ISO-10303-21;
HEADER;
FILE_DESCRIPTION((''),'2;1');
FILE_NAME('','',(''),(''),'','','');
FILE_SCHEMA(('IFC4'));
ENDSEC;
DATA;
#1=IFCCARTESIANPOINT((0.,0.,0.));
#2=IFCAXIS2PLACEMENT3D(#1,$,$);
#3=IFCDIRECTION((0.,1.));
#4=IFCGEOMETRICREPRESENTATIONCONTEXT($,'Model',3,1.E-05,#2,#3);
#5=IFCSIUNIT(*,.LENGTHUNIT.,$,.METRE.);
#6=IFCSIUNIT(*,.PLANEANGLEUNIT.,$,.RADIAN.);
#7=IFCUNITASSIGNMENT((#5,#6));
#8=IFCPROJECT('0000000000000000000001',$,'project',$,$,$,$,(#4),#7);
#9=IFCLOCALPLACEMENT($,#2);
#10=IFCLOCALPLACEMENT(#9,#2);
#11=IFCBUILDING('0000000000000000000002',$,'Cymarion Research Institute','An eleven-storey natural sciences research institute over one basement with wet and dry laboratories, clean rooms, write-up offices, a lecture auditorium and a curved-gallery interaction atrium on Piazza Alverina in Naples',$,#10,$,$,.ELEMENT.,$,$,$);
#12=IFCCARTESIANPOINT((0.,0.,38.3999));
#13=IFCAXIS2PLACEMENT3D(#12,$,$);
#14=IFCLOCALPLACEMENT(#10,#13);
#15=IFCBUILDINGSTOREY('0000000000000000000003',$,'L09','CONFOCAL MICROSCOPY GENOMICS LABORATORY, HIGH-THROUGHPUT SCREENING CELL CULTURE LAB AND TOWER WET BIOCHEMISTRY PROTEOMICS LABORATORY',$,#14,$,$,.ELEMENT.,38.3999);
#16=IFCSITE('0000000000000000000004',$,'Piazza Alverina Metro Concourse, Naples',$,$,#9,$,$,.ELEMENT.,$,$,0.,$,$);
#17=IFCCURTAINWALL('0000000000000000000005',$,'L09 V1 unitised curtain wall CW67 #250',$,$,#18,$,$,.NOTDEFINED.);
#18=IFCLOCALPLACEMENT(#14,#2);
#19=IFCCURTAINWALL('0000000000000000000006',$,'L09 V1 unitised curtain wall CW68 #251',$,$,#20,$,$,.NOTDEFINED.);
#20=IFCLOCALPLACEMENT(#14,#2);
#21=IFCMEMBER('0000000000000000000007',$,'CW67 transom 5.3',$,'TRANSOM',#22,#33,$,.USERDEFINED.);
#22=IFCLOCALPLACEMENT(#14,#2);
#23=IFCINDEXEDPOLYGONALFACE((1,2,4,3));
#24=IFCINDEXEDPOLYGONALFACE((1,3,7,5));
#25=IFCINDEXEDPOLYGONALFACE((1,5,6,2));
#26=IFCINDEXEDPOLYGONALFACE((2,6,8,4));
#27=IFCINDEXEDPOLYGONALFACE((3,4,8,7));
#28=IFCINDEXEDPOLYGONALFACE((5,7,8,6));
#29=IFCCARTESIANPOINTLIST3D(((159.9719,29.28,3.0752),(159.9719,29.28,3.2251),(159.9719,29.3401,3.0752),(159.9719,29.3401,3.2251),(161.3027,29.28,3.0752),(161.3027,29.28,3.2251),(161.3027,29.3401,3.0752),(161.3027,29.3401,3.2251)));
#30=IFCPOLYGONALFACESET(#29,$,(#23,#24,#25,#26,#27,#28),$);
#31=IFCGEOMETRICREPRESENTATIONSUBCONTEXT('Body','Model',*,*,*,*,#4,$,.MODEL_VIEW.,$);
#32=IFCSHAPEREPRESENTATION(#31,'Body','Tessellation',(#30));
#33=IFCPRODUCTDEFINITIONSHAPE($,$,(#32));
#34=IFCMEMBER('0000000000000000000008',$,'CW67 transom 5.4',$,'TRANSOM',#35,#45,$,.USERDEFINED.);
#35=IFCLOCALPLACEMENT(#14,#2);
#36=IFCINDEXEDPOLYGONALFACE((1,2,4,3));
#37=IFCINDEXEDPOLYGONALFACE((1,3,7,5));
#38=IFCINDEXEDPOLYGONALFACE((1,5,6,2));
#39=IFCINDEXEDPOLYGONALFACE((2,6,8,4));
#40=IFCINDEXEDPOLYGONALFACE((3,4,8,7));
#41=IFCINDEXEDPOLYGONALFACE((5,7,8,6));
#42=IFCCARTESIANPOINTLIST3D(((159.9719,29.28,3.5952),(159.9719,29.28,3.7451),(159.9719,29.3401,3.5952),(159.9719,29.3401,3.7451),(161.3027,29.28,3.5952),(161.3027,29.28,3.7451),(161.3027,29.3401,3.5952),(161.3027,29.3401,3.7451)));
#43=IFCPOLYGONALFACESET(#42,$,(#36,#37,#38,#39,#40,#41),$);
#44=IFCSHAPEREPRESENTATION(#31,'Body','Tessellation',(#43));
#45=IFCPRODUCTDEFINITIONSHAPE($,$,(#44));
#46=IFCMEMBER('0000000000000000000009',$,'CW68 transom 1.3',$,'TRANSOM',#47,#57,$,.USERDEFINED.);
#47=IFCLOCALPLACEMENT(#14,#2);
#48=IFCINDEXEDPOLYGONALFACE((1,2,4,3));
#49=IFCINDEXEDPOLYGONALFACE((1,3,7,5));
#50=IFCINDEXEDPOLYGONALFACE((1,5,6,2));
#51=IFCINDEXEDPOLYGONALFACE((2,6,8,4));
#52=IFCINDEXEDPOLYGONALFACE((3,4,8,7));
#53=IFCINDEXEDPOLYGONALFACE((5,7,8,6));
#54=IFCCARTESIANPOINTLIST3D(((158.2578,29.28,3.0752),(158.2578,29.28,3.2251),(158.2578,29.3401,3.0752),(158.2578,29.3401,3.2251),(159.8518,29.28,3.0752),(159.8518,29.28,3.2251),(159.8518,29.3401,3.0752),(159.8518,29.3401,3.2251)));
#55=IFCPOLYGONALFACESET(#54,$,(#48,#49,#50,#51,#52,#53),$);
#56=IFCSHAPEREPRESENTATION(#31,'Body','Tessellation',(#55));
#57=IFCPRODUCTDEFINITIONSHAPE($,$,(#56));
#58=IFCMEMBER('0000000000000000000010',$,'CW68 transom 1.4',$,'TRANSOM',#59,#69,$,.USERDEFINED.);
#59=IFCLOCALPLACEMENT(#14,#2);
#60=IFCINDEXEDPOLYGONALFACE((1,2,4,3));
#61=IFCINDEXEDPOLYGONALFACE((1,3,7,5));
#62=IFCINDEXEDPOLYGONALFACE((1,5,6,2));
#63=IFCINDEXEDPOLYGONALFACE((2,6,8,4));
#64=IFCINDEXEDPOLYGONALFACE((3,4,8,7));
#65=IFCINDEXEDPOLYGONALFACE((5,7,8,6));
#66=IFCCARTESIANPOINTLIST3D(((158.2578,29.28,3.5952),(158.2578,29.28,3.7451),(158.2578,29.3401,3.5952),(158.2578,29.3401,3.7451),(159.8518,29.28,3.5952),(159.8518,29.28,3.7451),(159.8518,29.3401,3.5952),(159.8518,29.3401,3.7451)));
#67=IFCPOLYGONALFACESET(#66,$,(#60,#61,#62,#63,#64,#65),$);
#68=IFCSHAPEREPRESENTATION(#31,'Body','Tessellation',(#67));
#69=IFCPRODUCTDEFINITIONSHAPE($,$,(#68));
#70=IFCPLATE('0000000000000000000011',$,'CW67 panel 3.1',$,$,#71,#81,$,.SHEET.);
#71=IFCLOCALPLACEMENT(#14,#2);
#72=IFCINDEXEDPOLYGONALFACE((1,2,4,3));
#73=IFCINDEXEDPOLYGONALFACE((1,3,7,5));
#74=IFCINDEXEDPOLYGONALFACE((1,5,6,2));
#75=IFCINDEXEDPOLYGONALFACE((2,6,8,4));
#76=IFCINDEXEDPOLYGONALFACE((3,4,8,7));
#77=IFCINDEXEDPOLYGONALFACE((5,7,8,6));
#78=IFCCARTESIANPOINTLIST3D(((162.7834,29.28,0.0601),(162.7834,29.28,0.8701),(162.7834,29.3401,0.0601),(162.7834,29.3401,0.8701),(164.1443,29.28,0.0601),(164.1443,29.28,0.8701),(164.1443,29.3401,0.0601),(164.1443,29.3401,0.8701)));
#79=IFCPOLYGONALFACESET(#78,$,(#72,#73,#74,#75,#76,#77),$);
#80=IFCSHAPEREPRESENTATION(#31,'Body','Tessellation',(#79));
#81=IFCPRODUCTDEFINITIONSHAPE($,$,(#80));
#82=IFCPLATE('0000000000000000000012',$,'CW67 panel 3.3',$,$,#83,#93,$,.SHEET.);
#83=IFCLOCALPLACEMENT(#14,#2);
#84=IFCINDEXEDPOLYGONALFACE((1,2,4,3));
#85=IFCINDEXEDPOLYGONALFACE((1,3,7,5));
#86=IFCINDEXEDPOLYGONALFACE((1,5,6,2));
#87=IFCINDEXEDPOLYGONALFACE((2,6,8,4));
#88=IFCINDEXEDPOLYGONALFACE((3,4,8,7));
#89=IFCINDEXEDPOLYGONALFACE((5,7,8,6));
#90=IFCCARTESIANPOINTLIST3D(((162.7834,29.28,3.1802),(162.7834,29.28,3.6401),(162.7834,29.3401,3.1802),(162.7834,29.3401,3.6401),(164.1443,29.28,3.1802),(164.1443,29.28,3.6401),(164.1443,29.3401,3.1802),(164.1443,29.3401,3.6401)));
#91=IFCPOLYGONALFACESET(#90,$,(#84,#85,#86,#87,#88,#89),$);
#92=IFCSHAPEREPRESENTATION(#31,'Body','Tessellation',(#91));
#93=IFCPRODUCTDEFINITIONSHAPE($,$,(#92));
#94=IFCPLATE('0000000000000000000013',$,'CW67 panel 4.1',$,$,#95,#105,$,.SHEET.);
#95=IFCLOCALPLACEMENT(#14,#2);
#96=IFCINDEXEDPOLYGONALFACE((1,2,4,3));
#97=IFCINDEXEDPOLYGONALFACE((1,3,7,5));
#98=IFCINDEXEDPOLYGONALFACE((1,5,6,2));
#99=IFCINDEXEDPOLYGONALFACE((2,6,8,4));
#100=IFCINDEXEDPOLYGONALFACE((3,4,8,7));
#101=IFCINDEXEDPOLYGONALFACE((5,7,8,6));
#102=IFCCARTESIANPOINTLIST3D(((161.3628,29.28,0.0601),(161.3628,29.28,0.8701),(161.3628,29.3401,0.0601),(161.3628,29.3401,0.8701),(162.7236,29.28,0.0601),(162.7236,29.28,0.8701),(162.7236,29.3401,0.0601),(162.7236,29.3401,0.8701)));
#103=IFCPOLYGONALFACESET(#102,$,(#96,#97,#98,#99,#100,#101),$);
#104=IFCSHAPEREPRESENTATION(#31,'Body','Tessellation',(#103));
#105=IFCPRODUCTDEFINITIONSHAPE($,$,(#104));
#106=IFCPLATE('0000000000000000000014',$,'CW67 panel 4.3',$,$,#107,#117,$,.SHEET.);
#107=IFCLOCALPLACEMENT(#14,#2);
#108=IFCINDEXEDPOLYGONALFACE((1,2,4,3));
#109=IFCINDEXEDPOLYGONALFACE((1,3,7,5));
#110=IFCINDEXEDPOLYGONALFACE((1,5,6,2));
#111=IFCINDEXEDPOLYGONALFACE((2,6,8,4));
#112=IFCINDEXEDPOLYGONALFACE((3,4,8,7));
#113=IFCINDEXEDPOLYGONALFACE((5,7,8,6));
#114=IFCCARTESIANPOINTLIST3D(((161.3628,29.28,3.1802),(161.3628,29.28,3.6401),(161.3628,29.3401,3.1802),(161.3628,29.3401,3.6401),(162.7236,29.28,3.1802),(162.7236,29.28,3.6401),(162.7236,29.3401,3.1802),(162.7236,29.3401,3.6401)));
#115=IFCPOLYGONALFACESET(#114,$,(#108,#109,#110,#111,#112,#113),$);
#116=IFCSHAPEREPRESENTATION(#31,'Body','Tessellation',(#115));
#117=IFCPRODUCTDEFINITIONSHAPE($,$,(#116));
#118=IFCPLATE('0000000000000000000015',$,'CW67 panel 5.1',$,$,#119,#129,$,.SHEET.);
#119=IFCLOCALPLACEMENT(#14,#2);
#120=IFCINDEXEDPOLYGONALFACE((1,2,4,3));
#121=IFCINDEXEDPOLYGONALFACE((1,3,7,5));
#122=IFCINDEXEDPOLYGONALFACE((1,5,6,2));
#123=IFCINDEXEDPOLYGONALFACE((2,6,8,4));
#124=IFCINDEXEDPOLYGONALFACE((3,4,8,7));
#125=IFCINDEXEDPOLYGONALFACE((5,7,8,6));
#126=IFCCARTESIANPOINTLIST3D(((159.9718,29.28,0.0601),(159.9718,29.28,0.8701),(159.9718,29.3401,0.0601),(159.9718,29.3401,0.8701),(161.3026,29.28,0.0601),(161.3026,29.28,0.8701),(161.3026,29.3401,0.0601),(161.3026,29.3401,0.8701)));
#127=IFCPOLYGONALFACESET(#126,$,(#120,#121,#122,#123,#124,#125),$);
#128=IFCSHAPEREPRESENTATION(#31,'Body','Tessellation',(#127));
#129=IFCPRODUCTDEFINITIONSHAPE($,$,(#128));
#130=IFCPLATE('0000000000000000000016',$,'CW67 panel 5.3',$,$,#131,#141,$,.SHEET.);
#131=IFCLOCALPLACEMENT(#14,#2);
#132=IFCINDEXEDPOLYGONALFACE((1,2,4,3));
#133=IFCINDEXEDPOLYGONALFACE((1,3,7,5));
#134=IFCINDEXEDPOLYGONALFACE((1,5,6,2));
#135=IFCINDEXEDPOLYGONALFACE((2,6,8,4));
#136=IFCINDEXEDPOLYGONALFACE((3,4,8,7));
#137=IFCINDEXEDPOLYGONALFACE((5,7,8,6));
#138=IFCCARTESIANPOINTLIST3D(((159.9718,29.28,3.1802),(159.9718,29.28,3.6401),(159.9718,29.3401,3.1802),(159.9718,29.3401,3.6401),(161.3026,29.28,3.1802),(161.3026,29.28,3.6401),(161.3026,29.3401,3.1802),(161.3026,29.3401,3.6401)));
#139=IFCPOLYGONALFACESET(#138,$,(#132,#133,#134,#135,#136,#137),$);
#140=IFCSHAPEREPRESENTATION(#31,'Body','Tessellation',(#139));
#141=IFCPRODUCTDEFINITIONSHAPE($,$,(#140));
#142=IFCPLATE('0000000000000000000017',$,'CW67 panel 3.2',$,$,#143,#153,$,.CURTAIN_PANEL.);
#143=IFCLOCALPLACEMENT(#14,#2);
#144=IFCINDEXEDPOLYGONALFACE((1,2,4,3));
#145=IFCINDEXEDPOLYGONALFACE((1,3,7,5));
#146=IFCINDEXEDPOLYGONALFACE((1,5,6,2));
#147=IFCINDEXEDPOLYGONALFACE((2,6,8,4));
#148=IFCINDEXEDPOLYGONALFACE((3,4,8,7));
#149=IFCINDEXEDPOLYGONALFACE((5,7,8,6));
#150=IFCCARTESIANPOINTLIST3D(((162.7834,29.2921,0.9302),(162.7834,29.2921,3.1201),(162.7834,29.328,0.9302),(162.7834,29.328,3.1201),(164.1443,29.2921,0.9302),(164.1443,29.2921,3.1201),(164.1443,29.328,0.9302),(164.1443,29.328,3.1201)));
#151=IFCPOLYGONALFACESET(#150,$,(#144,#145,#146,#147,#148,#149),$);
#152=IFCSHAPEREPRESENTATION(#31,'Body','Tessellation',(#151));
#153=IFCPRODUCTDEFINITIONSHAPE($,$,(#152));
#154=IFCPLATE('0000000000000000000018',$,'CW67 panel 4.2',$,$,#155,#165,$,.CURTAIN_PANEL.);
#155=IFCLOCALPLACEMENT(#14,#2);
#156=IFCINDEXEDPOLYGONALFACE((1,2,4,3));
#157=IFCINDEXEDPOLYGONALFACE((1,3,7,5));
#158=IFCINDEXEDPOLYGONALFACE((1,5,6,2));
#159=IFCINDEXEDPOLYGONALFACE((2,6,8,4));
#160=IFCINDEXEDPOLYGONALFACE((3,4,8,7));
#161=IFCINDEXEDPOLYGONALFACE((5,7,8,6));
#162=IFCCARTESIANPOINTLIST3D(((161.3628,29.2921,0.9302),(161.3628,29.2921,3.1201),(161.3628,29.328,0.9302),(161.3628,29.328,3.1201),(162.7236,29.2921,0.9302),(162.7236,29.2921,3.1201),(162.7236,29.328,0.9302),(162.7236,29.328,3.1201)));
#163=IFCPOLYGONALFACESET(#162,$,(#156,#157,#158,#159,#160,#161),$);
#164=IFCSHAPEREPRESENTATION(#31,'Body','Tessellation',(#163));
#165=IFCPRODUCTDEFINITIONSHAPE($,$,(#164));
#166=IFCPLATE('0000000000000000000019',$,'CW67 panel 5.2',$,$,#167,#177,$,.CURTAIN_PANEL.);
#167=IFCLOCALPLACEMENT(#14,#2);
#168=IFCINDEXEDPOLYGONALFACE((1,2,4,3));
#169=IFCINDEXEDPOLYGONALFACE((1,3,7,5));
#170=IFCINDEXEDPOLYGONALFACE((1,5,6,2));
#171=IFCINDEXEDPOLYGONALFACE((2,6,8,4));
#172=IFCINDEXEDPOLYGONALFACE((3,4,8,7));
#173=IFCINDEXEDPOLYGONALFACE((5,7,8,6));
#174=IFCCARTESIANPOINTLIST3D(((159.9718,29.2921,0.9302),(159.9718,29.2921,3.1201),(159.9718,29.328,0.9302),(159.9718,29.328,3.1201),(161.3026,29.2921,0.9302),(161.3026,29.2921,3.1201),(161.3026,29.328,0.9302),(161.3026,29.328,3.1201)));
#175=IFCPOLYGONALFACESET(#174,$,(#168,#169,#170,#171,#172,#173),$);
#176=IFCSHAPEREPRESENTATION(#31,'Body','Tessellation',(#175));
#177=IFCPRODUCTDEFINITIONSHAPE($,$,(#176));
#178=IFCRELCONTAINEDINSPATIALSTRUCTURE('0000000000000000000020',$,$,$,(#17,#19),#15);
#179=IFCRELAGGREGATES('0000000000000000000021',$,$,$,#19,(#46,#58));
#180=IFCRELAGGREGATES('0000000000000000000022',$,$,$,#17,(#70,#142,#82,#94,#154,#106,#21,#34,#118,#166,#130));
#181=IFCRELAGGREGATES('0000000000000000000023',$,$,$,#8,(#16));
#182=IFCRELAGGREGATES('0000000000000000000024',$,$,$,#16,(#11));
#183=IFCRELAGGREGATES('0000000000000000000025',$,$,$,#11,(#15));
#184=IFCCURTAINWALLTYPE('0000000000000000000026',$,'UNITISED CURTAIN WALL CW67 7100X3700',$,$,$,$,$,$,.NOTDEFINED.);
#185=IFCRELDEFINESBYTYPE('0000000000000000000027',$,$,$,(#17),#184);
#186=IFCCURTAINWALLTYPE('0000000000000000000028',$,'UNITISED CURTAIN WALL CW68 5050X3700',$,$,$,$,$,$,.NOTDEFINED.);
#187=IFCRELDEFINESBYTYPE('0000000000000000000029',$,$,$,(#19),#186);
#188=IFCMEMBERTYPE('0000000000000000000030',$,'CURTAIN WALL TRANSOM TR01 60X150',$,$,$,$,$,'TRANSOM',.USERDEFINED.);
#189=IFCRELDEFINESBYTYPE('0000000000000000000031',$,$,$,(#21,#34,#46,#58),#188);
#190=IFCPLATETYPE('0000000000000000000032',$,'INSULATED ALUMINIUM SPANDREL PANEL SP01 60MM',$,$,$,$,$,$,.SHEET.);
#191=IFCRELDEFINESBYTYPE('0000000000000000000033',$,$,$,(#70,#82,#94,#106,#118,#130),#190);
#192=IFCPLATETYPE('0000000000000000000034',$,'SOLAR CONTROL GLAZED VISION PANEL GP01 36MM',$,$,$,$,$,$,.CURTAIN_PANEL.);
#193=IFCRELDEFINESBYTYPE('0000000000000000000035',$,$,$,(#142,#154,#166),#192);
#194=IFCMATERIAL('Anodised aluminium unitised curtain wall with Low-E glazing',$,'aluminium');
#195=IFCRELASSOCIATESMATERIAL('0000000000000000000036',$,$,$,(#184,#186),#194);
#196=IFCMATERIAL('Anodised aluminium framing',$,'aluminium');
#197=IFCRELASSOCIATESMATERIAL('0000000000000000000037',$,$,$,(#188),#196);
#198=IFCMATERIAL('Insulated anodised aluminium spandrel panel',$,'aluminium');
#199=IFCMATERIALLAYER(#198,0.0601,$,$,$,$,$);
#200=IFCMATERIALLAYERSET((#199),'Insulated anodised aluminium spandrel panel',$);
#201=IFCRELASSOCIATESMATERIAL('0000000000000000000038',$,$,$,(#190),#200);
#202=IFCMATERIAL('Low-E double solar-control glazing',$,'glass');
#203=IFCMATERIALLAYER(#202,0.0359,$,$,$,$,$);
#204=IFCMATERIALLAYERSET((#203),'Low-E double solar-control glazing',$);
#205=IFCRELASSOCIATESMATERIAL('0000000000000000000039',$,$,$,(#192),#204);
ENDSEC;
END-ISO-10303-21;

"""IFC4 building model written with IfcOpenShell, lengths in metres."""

from ifc_helpers import new_model, si_unit, direction, frame, origin, origin_2d, place, context, subcontext, project, spatial, rectangle, extrude, material, layer, layer_set, material_profile, profile_set, type_object, element, aggregate, save


model = new_model("IFC4")

# Units and contexts
model_context = context("Model", 3, precision=1e-05, world=origin(), true_north=direction((0.0, 1.0)))
body_context = subcontext(model_context, "Body", "Model", "MODEL_VIEW")
ifc_project = project(units=[si_unit("LENGTHUNIT", "METRE"), si_unit("PLANEANGLEUNIT", "RADIAN")], contexts=[model_context])

# Site, building, storey
site_placement = place(None, origin())
site = spatial("IfcSite", under=ifc_project, at=site_placement, Name="Piazza Alverina Metro Concourse, Naples", CompositionType="ELEMENT", RefElevation=0.0)
building_placement = place(site_placement, origin())
building = spatial("IfcBuilding", under=site, at=building_placement, Name="Cymarion Research Institute", Description="An eleven-storey natural sciences research institute over one basement with wet and dry laboratories, clean rooms, write-up offices, a lecture auditorium and a curved-gallery interaction atrium on Piazza Alverina in Naples", CompositionType="ELEMENT")
storey_placement = place(building_placement, frame((0.0, 0.0, 38.3999)))
storey = spatial("IfcBuildingStorey", under=building, at=storey_placement, Name="L09", Description="CONFOCAL MICROSCOPY GENOMICS LABORATORY, HIGH-THROUGHPUT SCREENING CELL CULTURE LAB AND TOWER WET BIOCHEMISTRY PROTEOMICS LABORATORY", CompositionType="ELEMENT", Elevation=38.3999)

# Curtain wall
ifc_material_1 = material(Name="Anodised aluminium unitised curtain wall with Low-E glazing", Category="aluminium")
curtain_wall_type_1 = type_object("IfcCurtainWallType", Name="UNITISED CURTAIN WALL CW67 7100X3700", PredefinedType="NOTDEFINED", material=ifc_material_1)
curtain_wall_1_placement = place(storey_placement, origin())
curtain_wall_1 = element("IfcCurtainWall", 1, at=curtain_wall_1_placement, inside=storey, type_object=curtain_wall_type_1, Name="L09 V1 unitised curtain wall CW67 #250", PredefinedType="NOTDEFINED")
ifc_material_2 = material(Name="Anodised aluminium framing", Category="aluminium")

# Curtain wall
curtain_wall_type_2 = type_object("IfcCurtainWallType", Name="UNITISED CURTAIN WALL CW68 5050X3700", PredefinedType="NOTDEFINED", material=ifc_material_1)
curtain_wall_2_placement = place(storey_placement, origin())
curtain_wall_2 = element("IfcCurtainWall", 2, at=curtain_wall_2_placement, inside=storey, type_object=curtain_wall_type_2, Name="L09 V1 unitised curtain wall CW68 #251", PredefinedType="NOTDEFINED")

# Members
ifc_material_profile_1 = material_profile(ifc_material_2, rectangle(XDim=0.0601, YDim=0.1499, at=origin_2d()), Name="ALU TRANSOM 60x150")
ifc_profile_set_1 = profile_set([ifc_material_profile_1], Name="Anodised aluminium framing")
member_type_1 = type_object("IfcMemberType", Name="CURTAIN WALL TRANSOM TR01 60X150", ElementType="TRANSOM", PredefinedType="USERDEFINED", material=ifc_profile_set_1)
member_1_placement = place(storey_placement, frame((161.3027, 29.3101, 3.1501), z_axis=(-1.0, 0.0, 0.0), x_axis=(0.0, -1.0, 0.0)))
member_1 = element("IfcMember", 3, at=member_1_placement, type_object=member_type_1, Name="CW67 transom 5.3", ObjectType="TRANSOM", PredefinedType="USERDEFINED", context=body_context, shape_type="SweptSolid", body=[
    extrude(rectangle(XDim=0.0601, YDim=0.1499, at=origin_2d()), origin(), (0.0, 0.0, 1.0), 1.3308),
])
member_2_placement = place(storey_placement, frame((161.3027, 29.3101, 3.6702), z_axis=(-1.0, 0.0, 0.0), x_axis=(0.0, -1.0, 0.0)))
member_2 = element("IfcMember", 4, at=member_2_placement, type_object=member_type_1, Name="CW67 transom 5.4", ObjectType="TRANSOM", PredefinedType="USERDEFINED", context=body_context, shape_type="SweptSolid", body=[
    extrude(rectangle(XDim=0.0601, YDim=0.1499, at=origin_2d()), origin(), (0.0, 0.0, 1.0), 1.3308),
])
member_3_placement = place(storey_placement, frame((159.8518, 29.3101, 3.1501), z_axis=(-1.0, 0.0, 0.0), x_axis=(0.0, -1.0, 0.0)))
member_3 = element("IfcMember", 5, at=member_3_placement, type_object=member_type_1, Name="CW68 transom 1.3", ObjectType="TRANSOM", PredefinedType="USERDEFINED", context=body_context, shape_type="SweptSolid", body=[
    extrude(rectangle(XDim=0.0601, YDim=0.1499, at=origin_2d()), origin(), (0.0, 0.0, 1.0), 1.594),
])
member_4_placement = place(storey_placement, frame((159.8518, 29.3101, 3.6702), z_axis=(-1.0, 0.0, 0.0), x_axis=(0.0, -1.0, 0.0)))
member_4 = element("IfcMember", 6, at=member_4_placement, type_object=member_type_1, Name="CW68 transom 1.4", ObjectType="TRANSOM", PredefinedType="USERDEFINED", context=body_context, shape_type="SweptSolid", body=[
    extrude(rectangle(XDim=0.0601, YDim=0.1499, at=origin_2d()), origin(), (0.0, 0.0, 1.0), 1.594),
])
aggregate(curtain_wall_2, [member_3, member_4])

# Plates
ifc_material_3 = material(Name="Insulated anodised aluminium spandrel panel", Category="aluminium")
ifc_layer_1 = layer(ifc_material_3, 0.0601)
ifc_layer_set_1 = layer_set([ifc_layer_1], Name="Insulated anodised aluminium spandrel panel")
plate_type_1 = type_object("IfcPlateType", Name="INSULATED ALUMINIUM SPANDREL PANEL SP01 60MM", PredefinedType="SHEET", material=ifc_layer_set_1)
plate_1_placement = place(storey_placement, frame((163.4639, 29.3101, 0.0601), z_axis=(0.0, 0.0, 1.0), x_axis=(-1.0, 0.0, 0.0)))
plate_1 = element("IfcPlate", 7, at=plate_1_placement, type_object=plate_type_1, Name="CW67 panel 3.1", PredefinedType="SHEET", context=body_context, shape_type="SweptSolid", body=[
    extrude(rectangle(XDim=1.3608, YDim=0.0601, at=origin_2d()), origin(), (0.0, 0.0, 1.0), 0.8101),
])
plate_2_placement = place(storey_placement, frame((163.4639, 29.3101, 3.1802), z_axis=(0.0, 0.0, 1.0), x_axis=(-1.0, 0.0, 0.0)))
plate_2 = element("IfcPlate", 8, at=plate_2_placement, type_object=plate_type_1, Name="CW67 panel 3.3", PredefinedType="SHEET", context=body_context, shape_type="SweptSolid", body=[
    extrude(rectangle(XDim=1.3608, YDim=0.0601, at=origin_2d()), origin(), (0.0, 0.0, 1.0), 0.46),
])
plate_3_placement = place(storey_placement, frame((162.0432, 29.3101, 0.0601), z_axis=(0.0, 0.0, 1.0), x_axis=(-1.0, 0.0, 0.0)))
plate_3 = element("IfcPlate", 9, at=plate_3_placement, type_object=plate_type_1, Name="CW67 panel 4.1", PredefinedType="SHEET", context=body_context, shape_type="SweptSolid", body=[
    extrude(rectangle(XDim=1.3608, YDim=0.0601, at=origin_2d()), origin(), (0.0, 0.0, 1.0), 0.8101),
])
plate_4_placement = place(storey_placement, frame((162.0432, 29.3101, 3.1802), z_axis=(0.0, 0.0, 1.0), x_axis=(-1.0, 0.0, 0.0)))
plate_4 = element("IfcPlate", 10, at=plate_4_placement, type_object=plate_type_1, Name="CW67 panel 4.3", PredefinedType="SHEET", context=body_context, shape_type="SweptSolid", body=[
    extrude(rectangle(XDim=1.3608, YDim=0.0601, at=origin_2d()), origin(), (0.0, 0.0, 1.0), 0.46),
])
plate_5_placement = place(storey_placement, frame((160.6372, 29.3101, 0.0601), z_axis=(0.0, 0.0, 1.0), x_axis=(-1.0, 0.0, 0.0)))
plate_5 = element("IfcPlate", 11, at=plate_5_placement, type_object=plate_type_1, Name="CW67 panel 5.1", PredefinedType="SHEET", context=body_context, shape_type="SweptSolid", body=[
    extrude(rectangle(XDim=1.3308, YDim=0.0601, at=origin_2d()), origin(), (0.0, 0.0, 1.0), 0.8101),
])
plate_6_placement = place(storey_placement, frame((160.6372, 29.3101, 3.1802), z_axis=(0.0, 0.0, 1.0), x_axis=(-1.0, 0.0, 0.0)))
plate_6 = element("IfcPlate", 12, at=plate_6_placement, type_object=plate_type_1, Name="CW67 panel 5.3", PredefinedType="SHEET", context=body_context, shape_type="SweptSolid", body=[
    extrude(rectangle(XDim=1.3308, YDim=0.0601, at=origin_2d()), origin(), (0.0, 0.0, 1.0), 0.46),
])
ifc_material_4 = material(Name="Low-E double solar-control glazing", Category="glass")
ifc_layer_2 = layer(ifc_material_4, 0.0359)
ifc_layer_set_2 = layer_set([ifc_layer_2], Name="Low-E double solar-control glazing")
plate_type_2 = type_object("IfcPlateType", Name="SOLAR CONTROL GLAZED VISION PANEL GP01 36MM", PredefinedType="CURTAIN_PANEL", material=ifc_layer_set_2)
plate_7_placement = place(storey_placement, frame((163.4639, 29.3101, 0.9302), z_axis=(0.0, 0.0, 1.0), x_axis=(-1.0, 0.0, 0.0)))
plate_7 = element("IfcPlate", 13, at=plate_7_placement, type_object=plate_type_2, Name="CW67 panel 3.2", PredefinedType="CURTAIN_PANEL", context=body_context, shape_type="SweptSolid", body=[
    extrude(rectangle(XDim=1.3608, YDim=0.0359, at=origin_2d()), origin(), (0.0, 0.0, 1.0), 2.1899),
])
plate_8_placement = place(storey_placement, frame((162.0432, 29.3101, 0.9302), z_axis=(0.0, 0.0, 1.0), x_axis=(-1.0, 0.0, 0.0)))
plate_8 = element("IfcPlate", 14, at=plate_8_placement, type_object=plate_type_2, Name="CW67 panel 4.2", PredefinedType="CURTAIN_PANEL", context=body_context, shape_type="SweptSolid", body=[
    extrude(rectangle(XDim=1.3608, YDim=0.0359, at=origin_2d()), origin(), (0.0, 0.0, 1.0), 2.1899),
])
plate_9_placement = place(storey_placement, frame((160.6372, 29.3101, 0.9302), z_axis=(0.0, 0.0, 1.0), x_axis=(-1.0, 0.0, 0.0)))
plate_9 = element("IfcPlate", 15, at=plate_9_placement, type_object=plate_type_2, Name="CW67 panel 5.2", PredefinedType="CURTAIN_PANEL", context=body_context, shape_type="SweptSolid", body=[
    extrude(rectangle(XDim=1.3308, YDim=0.0359, at=origin_2d()), origin(), (0.0, 0.0, 1.0), 2.1899),
])
aggregate(curtain_wall_1, [plate_1, plate_7, plate_2, plate_3, plate_8, plate_4, member_1, member_2, plate_5, plate_9, plate_6])

save(model, "model.ifc")
